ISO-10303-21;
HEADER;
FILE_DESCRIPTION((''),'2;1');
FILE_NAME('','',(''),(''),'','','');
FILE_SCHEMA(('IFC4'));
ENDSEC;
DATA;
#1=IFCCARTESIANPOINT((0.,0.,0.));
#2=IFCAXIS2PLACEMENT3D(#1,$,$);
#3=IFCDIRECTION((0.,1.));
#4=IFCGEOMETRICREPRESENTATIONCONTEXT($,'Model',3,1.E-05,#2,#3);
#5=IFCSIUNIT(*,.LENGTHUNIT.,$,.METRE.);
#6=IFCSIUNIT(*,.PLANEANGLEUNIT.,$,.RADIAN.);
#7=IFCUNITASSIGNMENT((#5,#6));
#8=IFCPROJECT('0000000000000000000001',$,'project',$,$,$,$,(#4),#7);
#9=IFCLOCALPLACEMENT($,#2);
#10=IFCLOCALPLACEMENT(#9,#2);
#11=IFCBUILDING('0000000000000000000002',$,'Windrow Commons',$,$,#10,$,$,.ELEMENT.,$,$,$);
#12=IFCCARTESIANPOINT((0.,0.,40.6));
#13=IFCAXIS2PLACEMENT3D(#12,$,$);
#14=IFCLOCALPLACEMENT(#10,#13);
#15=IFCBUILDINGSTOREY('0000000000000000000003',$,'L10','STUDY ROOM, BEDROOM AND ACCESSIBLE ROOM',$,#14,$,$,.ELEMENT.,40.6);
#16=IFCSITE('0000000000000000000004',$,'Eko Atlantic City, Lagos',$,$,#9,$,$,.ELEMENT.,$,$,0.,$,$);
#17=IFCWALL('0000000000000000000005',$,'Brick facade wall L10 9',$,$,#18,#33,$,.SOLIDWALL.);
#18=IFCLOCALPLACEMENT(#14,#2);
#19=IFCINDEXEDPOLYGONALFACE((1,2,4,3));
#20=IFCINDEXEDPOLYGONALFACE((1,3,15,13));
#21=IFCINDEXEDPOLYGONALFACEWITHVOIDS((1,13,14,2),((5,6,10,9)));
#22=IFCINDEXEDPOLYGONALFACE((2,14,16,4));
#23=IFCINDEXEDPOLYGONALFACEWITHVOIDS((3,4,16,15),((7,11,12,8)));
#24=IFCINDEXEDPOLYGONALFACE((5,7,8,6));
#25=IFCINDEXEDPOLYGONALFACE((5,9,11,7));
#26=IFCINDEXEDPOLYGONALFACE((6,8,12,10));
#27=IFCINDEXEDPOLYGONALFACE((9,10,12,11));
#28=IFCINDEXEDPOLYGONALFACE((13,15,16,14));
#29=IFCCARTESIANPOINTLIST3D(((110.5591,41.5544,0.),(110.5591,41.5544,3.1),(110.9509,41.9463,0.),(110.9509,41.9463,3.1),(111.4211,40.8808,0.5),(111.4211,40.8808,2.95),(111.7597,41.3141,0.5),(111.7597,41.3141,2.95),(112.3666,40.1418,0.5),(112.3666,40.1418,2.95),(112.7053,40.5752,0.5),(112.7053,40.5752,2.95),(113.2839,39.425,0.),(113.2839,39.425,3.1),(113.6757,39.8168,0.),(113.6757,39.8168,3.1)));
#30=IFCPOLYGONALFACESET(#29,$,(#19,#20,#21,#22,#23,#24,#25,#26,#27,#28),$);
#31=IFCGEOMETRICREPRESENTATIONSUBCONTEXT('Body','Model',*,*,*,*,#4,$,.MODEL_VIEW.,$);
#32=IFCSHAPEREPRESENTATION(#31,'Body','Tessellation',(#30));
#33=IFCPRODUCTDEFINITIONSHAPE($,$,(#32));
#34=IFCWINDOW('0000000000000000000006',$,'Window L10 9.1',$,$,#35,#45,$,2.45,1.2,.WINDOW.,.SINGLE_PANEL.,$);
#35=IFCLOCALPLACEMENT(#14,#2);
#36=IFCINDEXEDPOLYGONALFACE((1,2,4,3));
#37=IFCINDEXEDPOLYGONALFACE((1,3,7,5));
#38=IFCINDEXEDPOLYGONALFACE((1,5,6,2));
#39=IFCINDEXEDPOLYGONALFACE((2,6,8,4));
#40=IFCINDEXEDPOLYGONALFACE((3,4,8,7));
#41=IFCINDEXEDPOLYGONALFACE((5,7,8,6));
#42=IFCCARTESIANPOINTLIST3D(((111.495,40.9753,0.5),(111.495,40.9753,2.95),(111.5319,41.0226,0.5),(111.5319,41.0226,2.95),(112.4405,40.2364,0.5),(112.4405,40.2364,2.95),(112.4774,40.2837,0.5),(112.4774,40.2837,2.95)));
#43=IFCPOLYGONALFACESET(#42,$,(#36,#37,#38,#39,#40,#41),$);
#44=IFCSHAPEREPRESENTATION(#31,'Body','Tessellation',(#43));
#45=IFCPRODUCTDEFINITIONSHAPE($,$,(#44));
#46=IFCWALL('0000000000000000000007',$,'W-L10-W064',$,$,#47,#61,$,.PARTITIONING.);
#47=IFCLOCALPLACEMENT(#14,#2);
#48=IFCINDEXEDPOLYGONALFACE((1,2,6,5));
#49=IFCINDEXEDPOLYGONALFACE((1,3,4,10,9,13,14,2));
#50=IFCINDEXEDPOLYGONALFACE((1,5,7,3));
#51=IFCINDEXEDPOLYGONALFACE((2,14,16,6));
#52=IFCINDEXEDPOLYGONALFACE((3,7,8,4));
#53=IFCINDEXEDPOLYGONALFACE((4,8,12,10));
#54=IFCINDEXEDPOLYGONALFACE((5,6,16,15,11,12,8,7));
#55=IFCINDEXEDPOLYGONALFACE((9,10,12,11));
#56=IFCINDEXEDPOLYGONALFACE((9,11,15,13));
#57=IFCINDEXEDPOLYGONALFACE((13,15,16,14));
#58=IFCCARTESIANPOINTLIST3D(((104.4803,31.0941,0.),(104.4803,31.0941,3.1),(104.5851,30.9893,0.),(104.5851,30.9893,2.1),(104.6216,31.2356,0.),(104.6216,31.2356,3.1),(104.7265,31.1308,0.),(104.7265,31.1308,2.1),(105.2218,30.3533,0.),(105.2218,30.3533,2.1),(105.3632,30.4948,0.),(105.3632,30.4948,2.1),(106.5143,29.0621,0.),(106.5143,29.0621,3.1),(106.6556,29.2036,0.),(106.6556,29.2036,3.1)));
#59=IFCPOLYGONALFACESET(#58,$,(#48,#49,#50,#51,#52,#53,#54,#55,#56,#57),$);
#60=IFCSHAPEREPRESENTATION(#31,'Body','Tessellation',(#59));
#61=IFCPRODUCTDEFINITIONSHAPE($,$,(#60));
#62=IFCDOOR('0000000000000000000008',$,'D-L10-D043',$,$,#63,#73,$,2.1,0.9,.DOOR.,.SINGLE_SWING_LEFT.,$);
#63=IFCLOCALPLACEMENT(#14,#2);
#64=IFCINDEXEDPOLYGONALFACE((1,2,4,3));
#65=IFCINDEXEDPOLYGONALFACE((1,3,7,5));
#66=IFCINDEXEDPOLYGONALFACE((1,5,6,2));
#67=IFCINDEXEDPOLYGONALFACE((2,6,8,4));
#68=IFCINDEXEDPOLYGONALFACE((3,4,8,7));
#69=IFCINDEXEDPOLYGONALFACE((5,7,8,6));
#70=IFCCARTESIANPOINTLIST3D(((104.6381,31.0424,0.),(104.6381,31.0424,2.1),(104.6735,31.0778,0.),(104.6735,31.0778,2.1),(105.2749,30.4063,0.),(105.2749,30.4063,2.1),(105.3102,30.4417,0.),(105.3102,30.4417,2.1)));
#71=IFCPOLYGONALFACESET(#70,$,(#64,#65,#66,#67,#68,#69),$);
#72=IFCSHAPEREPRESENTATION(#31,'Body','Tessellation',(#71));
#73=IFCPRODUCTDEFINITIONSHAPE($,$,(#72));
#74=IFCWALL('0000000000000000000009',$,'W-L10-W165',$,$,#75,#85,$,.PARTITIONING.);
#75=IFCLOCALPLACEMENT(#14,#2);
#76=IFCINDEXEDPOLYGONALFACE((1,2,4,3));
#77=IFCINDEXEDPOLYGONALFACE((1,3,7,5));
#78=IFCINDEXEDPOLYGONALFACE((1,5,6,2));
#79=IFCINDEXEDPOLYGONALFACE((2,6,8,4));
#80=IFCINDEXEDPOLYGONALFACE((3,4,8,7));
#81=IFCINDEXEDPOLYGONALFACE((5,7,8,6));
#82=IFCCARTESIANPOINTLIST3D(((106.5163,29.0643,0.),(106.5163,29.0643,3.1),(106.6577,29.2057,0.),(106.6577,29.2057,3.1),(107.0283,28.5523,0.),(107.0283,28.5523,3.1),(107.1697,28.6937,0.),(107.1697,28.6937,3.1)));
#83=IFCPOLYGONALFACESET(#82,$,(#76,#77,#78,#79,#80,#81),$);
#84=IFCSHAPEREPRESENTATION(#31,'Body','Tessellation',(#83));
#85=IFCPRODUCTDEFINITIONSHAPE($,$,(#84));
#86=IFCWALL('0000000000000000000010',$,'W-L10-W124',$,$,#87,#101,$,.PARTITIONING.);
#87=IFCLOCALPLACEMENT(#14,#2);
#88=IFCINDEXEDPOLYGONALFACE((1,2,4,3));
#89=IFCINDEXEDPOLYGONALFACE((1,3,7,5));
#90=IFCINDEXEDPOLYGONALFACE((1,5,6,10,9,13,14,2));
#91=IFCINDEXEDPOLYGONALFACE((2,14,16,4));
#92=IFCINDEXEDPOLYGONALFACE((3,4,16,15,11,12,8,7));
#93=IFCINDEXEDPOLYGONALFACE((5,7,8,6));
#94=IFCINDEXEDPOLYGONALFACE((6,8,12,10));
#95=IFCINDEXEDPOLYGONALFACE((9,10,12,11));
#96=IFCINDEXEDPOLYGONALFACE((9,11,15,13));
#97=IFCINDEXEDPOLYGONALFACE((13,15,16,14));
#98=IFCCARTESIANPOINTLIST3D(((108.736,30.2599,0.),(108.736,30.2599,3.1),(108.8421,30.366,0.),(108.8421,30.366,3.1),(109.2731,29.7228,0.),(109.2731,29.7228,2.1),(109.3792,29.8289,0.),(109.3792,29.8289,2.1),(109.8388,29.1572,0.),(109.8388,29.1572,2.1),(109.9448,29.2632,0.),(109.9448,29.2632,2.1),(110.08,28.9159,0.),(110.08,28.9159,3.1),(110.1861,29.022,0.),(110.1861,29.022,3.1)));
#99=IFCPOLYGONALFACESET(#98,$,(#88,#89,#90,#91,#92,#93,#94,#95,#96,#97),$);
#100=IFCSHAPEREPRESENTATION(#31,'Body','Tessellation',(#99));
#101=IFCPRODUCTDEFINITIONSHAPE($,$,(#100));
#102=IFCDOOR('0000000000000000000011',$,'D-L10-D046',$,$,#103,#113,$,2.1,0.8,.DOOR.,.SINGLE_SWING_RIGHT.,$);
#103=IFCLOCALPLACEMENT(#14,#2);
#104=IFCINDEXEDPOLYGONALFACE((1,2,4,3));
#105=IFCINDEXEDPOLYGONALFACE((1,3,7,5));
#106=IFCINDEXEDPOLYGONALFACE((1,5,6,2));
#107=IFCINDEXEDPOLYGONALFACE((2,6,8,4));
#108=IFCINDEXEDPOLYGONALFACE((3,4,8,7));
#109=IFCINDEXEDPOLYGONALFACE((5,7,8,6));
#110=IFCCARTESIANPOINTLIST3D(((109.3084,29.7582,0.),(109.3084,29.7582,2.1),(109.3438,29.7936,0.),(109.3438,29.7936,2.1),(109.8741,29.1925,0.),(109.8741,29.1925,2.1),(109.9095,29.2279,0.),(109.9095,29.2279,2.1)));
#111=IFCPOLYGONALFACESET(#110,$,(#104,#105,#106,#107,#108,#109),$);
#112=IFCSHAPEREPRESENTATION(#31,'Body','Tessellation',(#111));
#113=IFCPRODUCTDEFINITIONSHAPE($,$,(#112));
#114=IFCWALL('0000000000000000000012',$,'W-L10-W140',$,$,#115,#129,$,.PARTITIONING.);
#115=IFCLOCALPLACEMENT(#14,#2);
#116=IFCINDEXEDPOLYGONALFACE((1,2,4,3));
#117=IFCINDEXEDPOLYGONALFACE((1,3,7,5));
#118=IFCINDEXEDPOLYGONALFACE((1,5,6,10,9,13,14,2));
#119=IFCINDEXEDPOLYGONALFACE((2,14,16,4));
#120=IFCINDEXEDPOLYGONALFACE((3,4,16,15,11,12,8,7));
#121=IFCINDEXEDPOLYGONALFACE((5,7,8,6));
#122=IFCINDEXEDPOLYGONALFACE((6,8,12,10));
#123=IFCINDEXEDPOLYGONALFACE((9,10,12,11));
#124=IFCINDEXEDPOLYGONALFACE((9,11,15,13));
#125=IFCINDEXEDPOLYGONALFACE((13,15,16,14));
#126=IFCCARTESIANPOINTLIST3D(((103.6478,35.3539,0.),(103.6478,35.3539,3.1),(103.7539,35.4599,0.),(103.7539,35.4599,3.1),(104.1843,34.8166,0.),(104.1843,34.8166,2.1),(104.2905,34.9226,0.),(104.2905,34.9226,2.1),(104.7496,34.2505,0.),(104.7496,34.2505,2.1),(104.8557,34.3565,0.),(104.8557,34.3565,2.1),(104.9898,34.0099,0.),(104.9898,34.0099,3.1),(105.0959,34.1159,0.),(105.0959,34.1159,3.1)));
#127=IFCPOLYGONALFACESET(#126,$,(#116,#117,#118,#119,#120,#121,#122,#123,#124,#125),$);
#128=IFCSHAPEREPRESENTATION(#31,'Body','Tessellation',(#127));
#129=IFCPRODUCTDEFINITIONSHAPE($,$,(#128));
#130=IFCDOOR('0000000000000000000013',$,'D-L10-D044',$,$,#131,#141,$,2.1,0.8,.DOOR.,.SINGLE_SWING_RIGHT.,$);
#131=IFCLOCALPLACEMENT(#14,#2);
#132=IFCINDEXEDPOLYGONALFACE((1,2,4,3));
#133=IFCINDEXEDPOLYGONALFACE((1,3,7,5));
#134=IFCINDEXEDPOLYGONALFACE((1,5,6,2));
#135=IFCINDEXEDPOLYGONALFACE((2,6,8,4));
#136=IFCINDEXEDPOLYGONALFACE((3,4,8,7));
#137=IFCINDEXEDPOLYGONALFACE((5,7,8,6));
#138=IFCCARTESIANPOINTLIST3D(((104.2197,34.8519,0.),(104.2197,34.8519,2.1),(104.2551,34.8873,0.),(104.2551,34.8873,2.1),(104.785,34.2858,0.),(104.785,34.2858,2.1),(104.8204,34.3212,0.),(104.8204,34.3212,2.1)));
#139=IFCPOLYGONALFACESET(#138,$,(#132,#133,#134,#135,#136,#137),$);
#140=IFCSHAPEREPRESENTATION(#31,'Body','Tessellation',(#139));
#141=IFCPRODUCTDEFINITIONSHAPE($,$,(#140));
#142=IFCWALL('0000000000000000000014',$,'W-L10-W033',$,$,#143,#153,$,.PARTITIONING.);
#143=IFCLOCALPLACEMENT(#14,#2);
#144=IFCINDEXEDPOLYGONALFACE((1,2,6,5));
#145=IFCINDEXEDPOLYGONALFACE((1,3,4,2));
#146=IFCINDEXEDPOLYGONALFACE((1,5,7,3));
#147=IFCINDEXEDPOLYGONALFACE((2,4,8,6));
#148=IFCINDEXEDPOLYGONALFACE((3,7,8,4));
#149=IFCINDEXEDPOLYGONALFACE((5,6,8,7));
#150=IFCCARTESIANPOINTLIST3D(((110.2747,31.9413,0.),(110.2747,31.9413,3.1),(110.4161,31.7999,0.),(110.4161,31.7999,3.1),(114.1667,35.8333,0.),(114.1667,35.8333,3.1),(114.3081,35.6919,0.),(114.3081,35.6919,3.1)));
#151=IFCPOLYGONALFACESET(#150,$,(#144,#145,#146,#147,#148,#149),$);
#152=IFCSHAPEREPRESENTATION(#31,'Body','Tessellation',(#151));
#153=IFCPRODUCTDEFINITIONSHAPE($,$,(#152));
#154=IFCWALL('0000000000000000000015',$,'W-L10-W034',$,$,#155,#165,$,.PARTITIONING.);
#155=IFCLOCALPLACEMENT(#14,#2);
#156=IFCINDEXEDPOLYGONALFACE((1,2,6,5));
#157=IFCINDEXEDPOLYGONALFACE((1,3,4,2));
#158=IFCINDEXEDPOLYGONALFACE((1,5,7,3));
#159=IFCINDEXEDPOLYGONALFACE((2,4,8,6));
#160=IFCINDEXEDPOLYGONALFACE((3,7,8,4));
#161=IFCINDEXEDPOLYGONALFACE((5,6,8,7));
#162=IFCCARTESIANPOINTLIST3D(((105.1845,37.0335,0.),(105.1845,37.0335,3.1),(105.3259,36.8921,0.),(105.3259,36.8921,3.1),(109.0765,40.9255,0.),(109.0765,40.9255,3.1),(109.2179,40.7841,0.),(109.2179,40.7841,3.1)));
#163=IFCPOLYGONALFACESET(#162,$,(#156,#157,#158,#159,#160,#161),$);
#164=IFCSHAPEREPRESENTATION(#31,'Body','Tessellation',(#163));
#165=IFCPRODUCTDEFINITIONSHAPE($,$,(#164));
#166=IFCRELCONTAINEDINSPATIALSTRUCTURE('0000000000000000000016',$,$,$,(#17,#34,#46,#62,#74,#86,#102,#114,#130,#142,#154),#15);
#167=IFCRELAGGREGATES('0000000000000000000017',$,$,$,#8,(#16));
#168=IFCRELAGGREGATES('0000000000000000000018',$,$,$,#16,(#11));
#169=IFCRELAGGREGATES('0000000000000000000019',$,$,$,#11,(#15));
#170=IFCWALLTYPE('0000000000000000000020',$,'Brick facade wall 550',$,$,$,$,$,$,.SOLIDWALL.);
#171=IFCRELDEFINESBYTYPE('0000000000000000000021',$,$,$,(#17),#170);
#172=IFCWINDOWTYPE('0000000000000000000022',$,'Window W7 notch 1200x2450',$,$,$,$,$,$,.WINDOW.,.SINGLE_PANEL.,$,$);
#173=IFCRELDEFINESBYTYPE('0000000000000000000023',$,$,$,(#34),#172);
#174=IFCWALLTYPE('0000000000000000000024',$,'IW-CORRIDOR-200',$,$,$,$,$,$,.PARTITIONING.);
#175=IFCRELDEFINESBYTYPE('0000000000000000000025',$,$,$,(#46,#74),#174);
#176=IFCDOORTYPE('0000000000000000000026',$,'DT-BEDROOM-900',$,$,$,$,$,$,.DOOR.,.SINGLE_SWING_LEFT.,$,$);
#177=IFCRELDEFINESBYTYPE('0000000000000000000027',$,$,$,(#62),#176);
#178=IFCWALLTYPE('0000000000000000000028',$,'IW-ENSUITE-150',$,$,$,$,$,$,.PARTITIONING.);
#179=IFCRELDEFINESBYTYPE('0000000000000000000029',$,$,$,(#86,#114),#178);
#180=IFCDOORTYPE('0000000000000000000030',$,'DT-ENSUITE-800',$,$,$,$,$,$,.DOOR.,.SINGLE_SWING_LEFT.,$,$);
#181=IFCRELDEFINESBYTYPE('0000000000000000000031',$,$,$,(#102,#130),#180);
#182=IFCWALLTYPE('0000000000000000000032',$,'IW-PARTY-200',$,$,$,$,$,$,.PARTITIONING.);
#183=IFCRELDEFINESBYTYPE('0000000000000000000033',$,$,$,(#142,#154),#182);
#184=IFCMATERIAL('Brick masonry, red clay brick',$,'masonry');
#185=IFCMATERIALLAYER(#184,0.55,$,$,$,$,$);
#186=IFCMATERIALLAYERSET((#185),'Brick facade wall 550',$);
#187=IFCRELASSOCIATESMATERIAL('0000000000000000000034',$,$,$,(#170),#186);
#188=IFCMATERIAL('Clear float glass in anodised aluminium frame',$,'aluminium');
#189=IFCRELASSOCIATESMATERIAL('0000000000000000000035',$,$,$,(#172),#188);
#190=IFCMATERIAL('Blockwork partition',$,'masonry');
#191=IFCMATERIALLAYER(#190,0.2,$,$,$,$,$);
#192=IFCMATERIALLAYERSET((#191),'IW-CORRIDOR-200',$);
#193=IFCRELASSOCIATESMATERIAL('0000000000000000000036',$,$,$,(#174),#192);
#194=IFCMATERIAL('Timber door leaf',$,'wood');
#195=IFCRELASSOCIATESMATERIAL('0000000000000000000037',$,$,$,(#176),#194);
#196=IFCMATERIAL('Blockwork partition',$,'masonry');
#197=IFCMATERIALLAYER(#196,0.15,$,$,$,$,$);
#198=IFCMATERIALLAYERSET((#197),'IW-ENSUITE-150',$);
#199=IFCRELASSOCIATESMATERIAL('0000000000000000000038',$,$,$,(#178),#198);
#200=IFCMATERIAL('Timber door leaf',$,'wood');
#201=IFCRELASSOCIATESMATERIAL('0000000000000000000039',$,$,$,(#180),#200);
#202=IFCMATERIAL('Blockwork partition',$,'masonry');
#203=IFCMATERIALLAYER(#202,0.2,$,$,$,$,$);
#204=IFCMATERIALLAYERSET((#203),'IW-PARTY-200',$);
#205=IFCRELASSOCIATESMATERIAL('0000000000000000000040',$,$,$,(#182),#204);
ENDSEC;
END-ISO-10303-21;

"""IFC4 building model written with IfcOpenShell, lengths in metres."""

from ifc_helpers import new_model, si_unit, direction, frame, frame_2d, origin, place, context, subcontext, project, spatial, polyline, rectangle, outline, extrude, material, layer, layer_set, type_object, element, fill, save


model = new_model("IFC4")

# Units and contexts
model_context = context("Model", 3, precision=1e-05, world=origin(), true_north=direction((0.0, 1.0)))
body_context = subcontext(model_context, "Body", "Model", "MODEL_VIEW")
ifc_project = project(units=[si_unit("LENGTHUNIT", "METRE"), si_unit("PLANEANGLEUNIT", "RADIAN")], contexts=[model_context])

# Site, building, storey
site_placement = place(None, origin())
site = spatial("IfcSite", under=ifc_project, at=site_placement, Name="Eko Atlantic City, Lagos", CompositionType="ELEMENT", RefElevation=0.0)
building_placement = place(site_placement, origin())
building = spatial("IfcBuilding", under=site, at=building_placement, Name="Windrow Commons", CompositionType="ELEMENT")
storey_placement = place(building_placement, frame((0.0, 0.0, 40.6)))
storey = spatial("IfcBuildingStorey", under=building, at=storey_placement, Name="L10", Description="STUDY ROOM, BEDROOM AND ACCESSIBLE ROOM", CompositionType="ELEMENT", Elevation=40.6)

# Wall, opening, window
ifc_material_1 = material(Name="Brick masonry, red clay brick", Category="masonry")
ifc_layer_1 = layer(ifc_material_1, 0.55)
ifc_layer_set_1 = layer_set([ifc_layer_1], Name="Brick facade wall 550")
wall_type_1 = type_object("IfcWallType", Name="Brick facade wall 550", PredefinedType="SOLIDWALL", material=ifc_layer_set_1)
ifc_material_2 = material(Name="Clear float glass in anodised aluminium frame", Category="aluminium")
window_type_1 = type_object("IfcWindowType", Name="Window W7 notch 1200x2450", PartitioningType="SINGLE_PANEL", PredefinedType="WINDOW", material=ifc_material_2)
wall_1_placement = place(storey_placement, frame((113.4798, 39.6209, 0.0), z_axis=(0.0, 0.0, 1.0), x_axis=(-0.787933, 0.615761, 0.0)))
wall_1 = element("IfcWall", 1, at=wall_1_placement, inside=storey, type_object=wall_type_1, Name="Brick facade wall L10 9", PredefinedType="SOLIDWALL", context=body_context, shape_type="SweptSolid", body=[
    extrude(outline(polyline([(-0.0337, -0.275), (3.4245, -0.275), (3.4919, 0.275), (0.0337, 0.275), (-0.0337, -0.275)])), origin(), (0.0, 0.0, 1.0), 3.1),
])
opening_1_placement = place(wall_1_placement, frame((1.1979, 0.0, 0.5)))
opening_1 = element("IfcOpeningElement", 2, at=opening_1_placement, cuts=wall_1, PredefinedType="OPENING", context=body_context, shape_type="SweptSolid", body=[
    extrude(rectangle(XDim=1.2, YDim=2.45, at=frame_2d((0.6, 1.225))), frame((0.0, 0.285, 0.0), z_axis=(0.0, -1.0, 0.0), x_axis=(1.0, 0.0, 0.0)), (0.0, 0.0, 1.0), 0.57),
])
window_1_placement = place(opening_1_placement, origin())
window_1 = element("IfcWindow", 3, at=window_1_placement, inside=storey, type_object=window_type_1, Name="Window L10 9.1", OverallHeight=2.45, OverallWidth=1.2, PartitioningType="SINGLE_PANEL", PredefinedType="WINDOW", context=body_context, shape_type="SweptSolid", body=[
    extrude(rectangle(XDim=1.2, YDim=2.45, at=frame_2d((0.6, 1.225))), frame((0.0, 0.155, 0.0), z_axis=(0.0, -1.0, 0.0), x_axis=(1.0, 0.0, 0.0)), (0.0, 0.0, 1.0), 0.06),
])
fill(opening_1, window_1)

# Wall, opening, door
ifc_material_3 = material(Name="Blockwork partition", Category="masonry")
ifc_layer_2 = layer(ifc_material_3, 0.2)
ifc_layer_set_2 = layer_set([ifc_layer_2], Name="IW-CORRIDOR-200")
wall_type_2 = type_object("IfcWallType", Name="IW-CORRIDOR-200", PredefinedType="PARTITIONING", material=ifc_layer_set_2)
wall_2_placement = place(storey_placement, frame((104.5509, 31.1649, 0.0), z_axis=(0.0, 0.0, 1.0), x_axis=(0.707455, -0.706759, 0.0)))
wall_2 = element("IfcWall", 4, at=wall_2_placement, inside=storey, type_object=wall_type_2, Name="W-L10-W064", PredefinedType="PARTITIONING", context=body_context, shape_type="SweptSolid", body=[
    extrude(rectangle(XDim=2.8751, YDim=0.2, at=frame_2d((1.4376, 0.0))), origin(), (0.0, 0.0, 1.0), 3.1),
])
opening_2_placement = place(wall_2_placement, frame((0.1483, 0.0, 0.0)))
opening_2 = element("IfcOpeningElement", 5, at=opening_2_placement, cuts=wall_2, PredefinedType="OPENING", context=body_context, shape_type="SweptSolid", body=[
    extrude(rectangle(XDim=0.9, YDim=2.1, at=frame_2d((0.45, 1.05))), frame((0.0, 0.11, 0.0), z_axis=(0.0, -1.0, 0.0), x_axis=(1.0, 0.0, 0.0)), (0.0, 0.0, 1.0), 0.22),
])
ifc_material_4 = material(Name="Timber door leaf", Category="wood")
door_type_1 = type_object("IfcDoorType", Name="DT-BEDROOM-900", OperationType="SINGLE_SWING_LEFT", PredefinedType="DOOR", material=ifc_material_4)
door_1_placement = place(opening_2_placement, origin())
door_1 = element("IfcDoor", 6, at=door_1_placement, inside=storey, type_object=door_type_1, Name="D-L10-D043", OperationType="SINGLE_SWING_LEFT", OverallHeight=2.1, OverallWidth=0.9, PredefinedType="DOOR", context=body_context, shape_type="SweptSolid", body=[
    extrude(rectangle(XDim=0.9, YDim=2.1, at=frame_2d((0.45, 1.05))), frame((0.0, 0.025, 0.0), z_axis=(0.0, -1.0, 0.0), x_axis=(1.0, 0.0, 0.0)), (0.0, 0.0, 1.0), 0.05),
])
fill(opening_2, door_1)

# Wall
wall_3_placement = place(storey_placement, frame((106.587, 29.135, 0.0), z_axis=(0.0, 0.0, 1.0), x_axis=(0.707107, -0.707107, 0.0)))
element("IfcWall", 7, at=wall_3_placement, inside=storey, type_object=wall_type_2, Name="W-L10-W165", PredefinedType="PARTITIONING", context=body_context, shape_type="SweptSolid", body=[
    extrude(rectangle(XDim=0.7241, YDim=0.2, at=frame_2d((0.362, 0.0))), origin(), (0.0, 0.0, 1.0), 3.1),
])

# Walls, openings, doors
ifc_material_5 = material(Name="Blockwork partition", Category="masonry")
ifc_layer_3 = layer(ifc_material_5, 0.15)
ifc_layer_set_3 = layer_set([ifc_layer_3], Name="IW-ENSUITE-150")
wall_type_3 = type_object("IfcWallType", Name="IW-ENSUITE-150", PredefinedType="PARTITIONING", material=ifc_layer_set_3)
wall_4_placement = place(storey_placement, frame((108.789, 30.313, 0.0), z_axis=(0.0, 0.0, 1.0), x_axis=(0.707107, -0.707107, 0.0)))
wall_4 = element("IfcWall", 8, at=wall_4_placement, inside=storey, type_object=wall_type_3, Name="W-L10-W124", PredefinedType="PARTITIONING", context=body_context, shape_type="SweptSolid", body=[
    extrude(rectangle(XDim=1.9007, YDim=0.15, at=frame_2d((0.9504, 0.0))), origin(), (0.0, 0.0, 1.0), 3.1),
])
opening_3_placement = place(wall_4_placement, frame((0.7596, 0.0, 0.0)))
opening_3 = element("IfcOpeningElement", 9, at=opening_3_placement, cuts=wall_4, PredefinedType="OPENING", context=body_context, shape_type="SweptSolid", body=[
    extrude(rectangle(XDim=0.8, YDim=2.1, at=frame_2d((0.4, 1.05))), frame((0.0, 0.085, 0.0), z_axis=(0.0, -1.0, 0.0), x_axis=(1.0, 0.0, 0.0)), (0.0, 0.0, 1.0), 0.17),
])
ifc_material_6 = material(Name="Timber door leaf", Category="wood")
door_type_2 = type_object("IfcDoorType", Name="DT-ENSUITE-800", OperationType="SINGLE_SWING_LEFT", PredefinedType="DOOR", material=ifc_material_6)
door_2_placement = place(opening_3_placement, origin())
door_2 = element("IfcDoor", 10, at=door_2_placement, inside=storey, type_object=door_type_2, Name="D-L10-D046", OperationType="SINGLE_SWING_RIGHT", OverallHeight=2.1, OverallWidth=0.8, PredefinedType="DOOR", context=body_context, shape_type="SweptSolid", body=[
    extrude(rectangle(XDim=0.8, YDim=2.1, at=frame_2d((0.4, 1.05))), frame((0.0, 0.025, 0.0), z_axis=(0.0, -1.0, 0.0), x_axis=(1.0, 0.0, 0.0)), (0.0, 0.0, 1.0), 0.05),
])
fill(opening_3, door_2)
wall_5_placement = place(storey_placement, frame((103.7009, 35.4069, 0.0), z_axis=(0.0, 0.0, 1.0), x_axis=(0.70658, -0.707633, 0.0)))
wall_5 = element("IfcWall", 11, at=wall_5_placement, inside=storey, type_object=wall_type_3, Name="W-L10-W140", PredefinedType="PARTITIONING", context=body_context, shape_type="SweptSolid", body=[
    extrude(rectangle(XDim=1.8993, YDim=0.15, at=frame_2d((0.9496, 0.0))), origin(), (0.0, 0.0, 1.0), 3.1),
])
opening_4_placement = place(wall_5_placement, frame((0.7593, 0.0, 0.0)))
opening_4 = element("IfcOpeningElement", 12, at=opening_4_placement, cuts=wall_5, PredefinedType="OPENING", context=body_context, shape_type="SweptSolid", body=[
    extrude(rectangle(XDim=0.8, YDim=2.1, at=frame_2d((0.4, 1.05))), frame((0.0, 0.085, 0.0), z_axis=(0.0, -1.0, 0.0), x_axis=(1.0, 0.0, 0.0)), (0.0, 0.0, 1.0), 0.17),
])
door_3_placement = place(opening_4_placement, origin())
door_3 = element("IfcDoor", 13, at=door_3_placement, inside=storey, type_object=door_type_2, Name="D-L10-D044", OperationType="SINGLE_SWING_RIGHT", OverallHeight=2.1, OverallWidth=0.8, PredefinedType="DOOR", context=body_context, shape_type="SweptSolid", body=[
    extrude(rectangle(XDim=0.8, YDim=2.1, at=frame_2d((0.4, 1.05))), frame((0.0, 0.025, 0.0), z_axis=(0.0, -1.0, 0.0), x_axis=(1.0, 0.0, 0.0)), (0.0, 0.0, 1.0), 0.05),
])
fill(opening_4, door_3)

# Walls
ifc_material_7 = material(Name="Blockwork partition", Category="masonry")
ifc_layer_4 = layer(ifc_material_7, 0.2)
ifc_layer_set_4 = layer_set([ifc_layer_4], Name="IW-PARTY-200")
wall_type_4 = type_object("IfcWallType", Name="IW-PARTY-200", PredefinedType="PARTITIONING", material=ifc_layer_set_4)
for number, where, z_axis, x_axis, name in (
    (14, (110.3454, 31.8706, 0.0), (0.0, 0.0, 1.0), (0.707107, 0.707107, 0.0), "W-L10-W033"),
    (15, (105.2552, 36.9628, 0.0), (0.0, 0.0, 1.0), (0.707107, 0.707107, 0.0), "W-L10-W034"),
):
    element("IfcWall", number, at=place(storey_placement, frame(where, z_axis=z_axis, x_axis=x_axis)), inside=storey, type_object=wall_type_4, Name=name, PredefinedType="PARTITIONING", context=body_context, shape_type="SweptSolid", body=[
        extrude(rectangle(XDim=5.5041, YDim=0.2, at=frame_2d((2.7521, 0.0))), origin(), (0.0, 0.0, 1.0), 3.1),
    ])

save(model, "model.ifc")
